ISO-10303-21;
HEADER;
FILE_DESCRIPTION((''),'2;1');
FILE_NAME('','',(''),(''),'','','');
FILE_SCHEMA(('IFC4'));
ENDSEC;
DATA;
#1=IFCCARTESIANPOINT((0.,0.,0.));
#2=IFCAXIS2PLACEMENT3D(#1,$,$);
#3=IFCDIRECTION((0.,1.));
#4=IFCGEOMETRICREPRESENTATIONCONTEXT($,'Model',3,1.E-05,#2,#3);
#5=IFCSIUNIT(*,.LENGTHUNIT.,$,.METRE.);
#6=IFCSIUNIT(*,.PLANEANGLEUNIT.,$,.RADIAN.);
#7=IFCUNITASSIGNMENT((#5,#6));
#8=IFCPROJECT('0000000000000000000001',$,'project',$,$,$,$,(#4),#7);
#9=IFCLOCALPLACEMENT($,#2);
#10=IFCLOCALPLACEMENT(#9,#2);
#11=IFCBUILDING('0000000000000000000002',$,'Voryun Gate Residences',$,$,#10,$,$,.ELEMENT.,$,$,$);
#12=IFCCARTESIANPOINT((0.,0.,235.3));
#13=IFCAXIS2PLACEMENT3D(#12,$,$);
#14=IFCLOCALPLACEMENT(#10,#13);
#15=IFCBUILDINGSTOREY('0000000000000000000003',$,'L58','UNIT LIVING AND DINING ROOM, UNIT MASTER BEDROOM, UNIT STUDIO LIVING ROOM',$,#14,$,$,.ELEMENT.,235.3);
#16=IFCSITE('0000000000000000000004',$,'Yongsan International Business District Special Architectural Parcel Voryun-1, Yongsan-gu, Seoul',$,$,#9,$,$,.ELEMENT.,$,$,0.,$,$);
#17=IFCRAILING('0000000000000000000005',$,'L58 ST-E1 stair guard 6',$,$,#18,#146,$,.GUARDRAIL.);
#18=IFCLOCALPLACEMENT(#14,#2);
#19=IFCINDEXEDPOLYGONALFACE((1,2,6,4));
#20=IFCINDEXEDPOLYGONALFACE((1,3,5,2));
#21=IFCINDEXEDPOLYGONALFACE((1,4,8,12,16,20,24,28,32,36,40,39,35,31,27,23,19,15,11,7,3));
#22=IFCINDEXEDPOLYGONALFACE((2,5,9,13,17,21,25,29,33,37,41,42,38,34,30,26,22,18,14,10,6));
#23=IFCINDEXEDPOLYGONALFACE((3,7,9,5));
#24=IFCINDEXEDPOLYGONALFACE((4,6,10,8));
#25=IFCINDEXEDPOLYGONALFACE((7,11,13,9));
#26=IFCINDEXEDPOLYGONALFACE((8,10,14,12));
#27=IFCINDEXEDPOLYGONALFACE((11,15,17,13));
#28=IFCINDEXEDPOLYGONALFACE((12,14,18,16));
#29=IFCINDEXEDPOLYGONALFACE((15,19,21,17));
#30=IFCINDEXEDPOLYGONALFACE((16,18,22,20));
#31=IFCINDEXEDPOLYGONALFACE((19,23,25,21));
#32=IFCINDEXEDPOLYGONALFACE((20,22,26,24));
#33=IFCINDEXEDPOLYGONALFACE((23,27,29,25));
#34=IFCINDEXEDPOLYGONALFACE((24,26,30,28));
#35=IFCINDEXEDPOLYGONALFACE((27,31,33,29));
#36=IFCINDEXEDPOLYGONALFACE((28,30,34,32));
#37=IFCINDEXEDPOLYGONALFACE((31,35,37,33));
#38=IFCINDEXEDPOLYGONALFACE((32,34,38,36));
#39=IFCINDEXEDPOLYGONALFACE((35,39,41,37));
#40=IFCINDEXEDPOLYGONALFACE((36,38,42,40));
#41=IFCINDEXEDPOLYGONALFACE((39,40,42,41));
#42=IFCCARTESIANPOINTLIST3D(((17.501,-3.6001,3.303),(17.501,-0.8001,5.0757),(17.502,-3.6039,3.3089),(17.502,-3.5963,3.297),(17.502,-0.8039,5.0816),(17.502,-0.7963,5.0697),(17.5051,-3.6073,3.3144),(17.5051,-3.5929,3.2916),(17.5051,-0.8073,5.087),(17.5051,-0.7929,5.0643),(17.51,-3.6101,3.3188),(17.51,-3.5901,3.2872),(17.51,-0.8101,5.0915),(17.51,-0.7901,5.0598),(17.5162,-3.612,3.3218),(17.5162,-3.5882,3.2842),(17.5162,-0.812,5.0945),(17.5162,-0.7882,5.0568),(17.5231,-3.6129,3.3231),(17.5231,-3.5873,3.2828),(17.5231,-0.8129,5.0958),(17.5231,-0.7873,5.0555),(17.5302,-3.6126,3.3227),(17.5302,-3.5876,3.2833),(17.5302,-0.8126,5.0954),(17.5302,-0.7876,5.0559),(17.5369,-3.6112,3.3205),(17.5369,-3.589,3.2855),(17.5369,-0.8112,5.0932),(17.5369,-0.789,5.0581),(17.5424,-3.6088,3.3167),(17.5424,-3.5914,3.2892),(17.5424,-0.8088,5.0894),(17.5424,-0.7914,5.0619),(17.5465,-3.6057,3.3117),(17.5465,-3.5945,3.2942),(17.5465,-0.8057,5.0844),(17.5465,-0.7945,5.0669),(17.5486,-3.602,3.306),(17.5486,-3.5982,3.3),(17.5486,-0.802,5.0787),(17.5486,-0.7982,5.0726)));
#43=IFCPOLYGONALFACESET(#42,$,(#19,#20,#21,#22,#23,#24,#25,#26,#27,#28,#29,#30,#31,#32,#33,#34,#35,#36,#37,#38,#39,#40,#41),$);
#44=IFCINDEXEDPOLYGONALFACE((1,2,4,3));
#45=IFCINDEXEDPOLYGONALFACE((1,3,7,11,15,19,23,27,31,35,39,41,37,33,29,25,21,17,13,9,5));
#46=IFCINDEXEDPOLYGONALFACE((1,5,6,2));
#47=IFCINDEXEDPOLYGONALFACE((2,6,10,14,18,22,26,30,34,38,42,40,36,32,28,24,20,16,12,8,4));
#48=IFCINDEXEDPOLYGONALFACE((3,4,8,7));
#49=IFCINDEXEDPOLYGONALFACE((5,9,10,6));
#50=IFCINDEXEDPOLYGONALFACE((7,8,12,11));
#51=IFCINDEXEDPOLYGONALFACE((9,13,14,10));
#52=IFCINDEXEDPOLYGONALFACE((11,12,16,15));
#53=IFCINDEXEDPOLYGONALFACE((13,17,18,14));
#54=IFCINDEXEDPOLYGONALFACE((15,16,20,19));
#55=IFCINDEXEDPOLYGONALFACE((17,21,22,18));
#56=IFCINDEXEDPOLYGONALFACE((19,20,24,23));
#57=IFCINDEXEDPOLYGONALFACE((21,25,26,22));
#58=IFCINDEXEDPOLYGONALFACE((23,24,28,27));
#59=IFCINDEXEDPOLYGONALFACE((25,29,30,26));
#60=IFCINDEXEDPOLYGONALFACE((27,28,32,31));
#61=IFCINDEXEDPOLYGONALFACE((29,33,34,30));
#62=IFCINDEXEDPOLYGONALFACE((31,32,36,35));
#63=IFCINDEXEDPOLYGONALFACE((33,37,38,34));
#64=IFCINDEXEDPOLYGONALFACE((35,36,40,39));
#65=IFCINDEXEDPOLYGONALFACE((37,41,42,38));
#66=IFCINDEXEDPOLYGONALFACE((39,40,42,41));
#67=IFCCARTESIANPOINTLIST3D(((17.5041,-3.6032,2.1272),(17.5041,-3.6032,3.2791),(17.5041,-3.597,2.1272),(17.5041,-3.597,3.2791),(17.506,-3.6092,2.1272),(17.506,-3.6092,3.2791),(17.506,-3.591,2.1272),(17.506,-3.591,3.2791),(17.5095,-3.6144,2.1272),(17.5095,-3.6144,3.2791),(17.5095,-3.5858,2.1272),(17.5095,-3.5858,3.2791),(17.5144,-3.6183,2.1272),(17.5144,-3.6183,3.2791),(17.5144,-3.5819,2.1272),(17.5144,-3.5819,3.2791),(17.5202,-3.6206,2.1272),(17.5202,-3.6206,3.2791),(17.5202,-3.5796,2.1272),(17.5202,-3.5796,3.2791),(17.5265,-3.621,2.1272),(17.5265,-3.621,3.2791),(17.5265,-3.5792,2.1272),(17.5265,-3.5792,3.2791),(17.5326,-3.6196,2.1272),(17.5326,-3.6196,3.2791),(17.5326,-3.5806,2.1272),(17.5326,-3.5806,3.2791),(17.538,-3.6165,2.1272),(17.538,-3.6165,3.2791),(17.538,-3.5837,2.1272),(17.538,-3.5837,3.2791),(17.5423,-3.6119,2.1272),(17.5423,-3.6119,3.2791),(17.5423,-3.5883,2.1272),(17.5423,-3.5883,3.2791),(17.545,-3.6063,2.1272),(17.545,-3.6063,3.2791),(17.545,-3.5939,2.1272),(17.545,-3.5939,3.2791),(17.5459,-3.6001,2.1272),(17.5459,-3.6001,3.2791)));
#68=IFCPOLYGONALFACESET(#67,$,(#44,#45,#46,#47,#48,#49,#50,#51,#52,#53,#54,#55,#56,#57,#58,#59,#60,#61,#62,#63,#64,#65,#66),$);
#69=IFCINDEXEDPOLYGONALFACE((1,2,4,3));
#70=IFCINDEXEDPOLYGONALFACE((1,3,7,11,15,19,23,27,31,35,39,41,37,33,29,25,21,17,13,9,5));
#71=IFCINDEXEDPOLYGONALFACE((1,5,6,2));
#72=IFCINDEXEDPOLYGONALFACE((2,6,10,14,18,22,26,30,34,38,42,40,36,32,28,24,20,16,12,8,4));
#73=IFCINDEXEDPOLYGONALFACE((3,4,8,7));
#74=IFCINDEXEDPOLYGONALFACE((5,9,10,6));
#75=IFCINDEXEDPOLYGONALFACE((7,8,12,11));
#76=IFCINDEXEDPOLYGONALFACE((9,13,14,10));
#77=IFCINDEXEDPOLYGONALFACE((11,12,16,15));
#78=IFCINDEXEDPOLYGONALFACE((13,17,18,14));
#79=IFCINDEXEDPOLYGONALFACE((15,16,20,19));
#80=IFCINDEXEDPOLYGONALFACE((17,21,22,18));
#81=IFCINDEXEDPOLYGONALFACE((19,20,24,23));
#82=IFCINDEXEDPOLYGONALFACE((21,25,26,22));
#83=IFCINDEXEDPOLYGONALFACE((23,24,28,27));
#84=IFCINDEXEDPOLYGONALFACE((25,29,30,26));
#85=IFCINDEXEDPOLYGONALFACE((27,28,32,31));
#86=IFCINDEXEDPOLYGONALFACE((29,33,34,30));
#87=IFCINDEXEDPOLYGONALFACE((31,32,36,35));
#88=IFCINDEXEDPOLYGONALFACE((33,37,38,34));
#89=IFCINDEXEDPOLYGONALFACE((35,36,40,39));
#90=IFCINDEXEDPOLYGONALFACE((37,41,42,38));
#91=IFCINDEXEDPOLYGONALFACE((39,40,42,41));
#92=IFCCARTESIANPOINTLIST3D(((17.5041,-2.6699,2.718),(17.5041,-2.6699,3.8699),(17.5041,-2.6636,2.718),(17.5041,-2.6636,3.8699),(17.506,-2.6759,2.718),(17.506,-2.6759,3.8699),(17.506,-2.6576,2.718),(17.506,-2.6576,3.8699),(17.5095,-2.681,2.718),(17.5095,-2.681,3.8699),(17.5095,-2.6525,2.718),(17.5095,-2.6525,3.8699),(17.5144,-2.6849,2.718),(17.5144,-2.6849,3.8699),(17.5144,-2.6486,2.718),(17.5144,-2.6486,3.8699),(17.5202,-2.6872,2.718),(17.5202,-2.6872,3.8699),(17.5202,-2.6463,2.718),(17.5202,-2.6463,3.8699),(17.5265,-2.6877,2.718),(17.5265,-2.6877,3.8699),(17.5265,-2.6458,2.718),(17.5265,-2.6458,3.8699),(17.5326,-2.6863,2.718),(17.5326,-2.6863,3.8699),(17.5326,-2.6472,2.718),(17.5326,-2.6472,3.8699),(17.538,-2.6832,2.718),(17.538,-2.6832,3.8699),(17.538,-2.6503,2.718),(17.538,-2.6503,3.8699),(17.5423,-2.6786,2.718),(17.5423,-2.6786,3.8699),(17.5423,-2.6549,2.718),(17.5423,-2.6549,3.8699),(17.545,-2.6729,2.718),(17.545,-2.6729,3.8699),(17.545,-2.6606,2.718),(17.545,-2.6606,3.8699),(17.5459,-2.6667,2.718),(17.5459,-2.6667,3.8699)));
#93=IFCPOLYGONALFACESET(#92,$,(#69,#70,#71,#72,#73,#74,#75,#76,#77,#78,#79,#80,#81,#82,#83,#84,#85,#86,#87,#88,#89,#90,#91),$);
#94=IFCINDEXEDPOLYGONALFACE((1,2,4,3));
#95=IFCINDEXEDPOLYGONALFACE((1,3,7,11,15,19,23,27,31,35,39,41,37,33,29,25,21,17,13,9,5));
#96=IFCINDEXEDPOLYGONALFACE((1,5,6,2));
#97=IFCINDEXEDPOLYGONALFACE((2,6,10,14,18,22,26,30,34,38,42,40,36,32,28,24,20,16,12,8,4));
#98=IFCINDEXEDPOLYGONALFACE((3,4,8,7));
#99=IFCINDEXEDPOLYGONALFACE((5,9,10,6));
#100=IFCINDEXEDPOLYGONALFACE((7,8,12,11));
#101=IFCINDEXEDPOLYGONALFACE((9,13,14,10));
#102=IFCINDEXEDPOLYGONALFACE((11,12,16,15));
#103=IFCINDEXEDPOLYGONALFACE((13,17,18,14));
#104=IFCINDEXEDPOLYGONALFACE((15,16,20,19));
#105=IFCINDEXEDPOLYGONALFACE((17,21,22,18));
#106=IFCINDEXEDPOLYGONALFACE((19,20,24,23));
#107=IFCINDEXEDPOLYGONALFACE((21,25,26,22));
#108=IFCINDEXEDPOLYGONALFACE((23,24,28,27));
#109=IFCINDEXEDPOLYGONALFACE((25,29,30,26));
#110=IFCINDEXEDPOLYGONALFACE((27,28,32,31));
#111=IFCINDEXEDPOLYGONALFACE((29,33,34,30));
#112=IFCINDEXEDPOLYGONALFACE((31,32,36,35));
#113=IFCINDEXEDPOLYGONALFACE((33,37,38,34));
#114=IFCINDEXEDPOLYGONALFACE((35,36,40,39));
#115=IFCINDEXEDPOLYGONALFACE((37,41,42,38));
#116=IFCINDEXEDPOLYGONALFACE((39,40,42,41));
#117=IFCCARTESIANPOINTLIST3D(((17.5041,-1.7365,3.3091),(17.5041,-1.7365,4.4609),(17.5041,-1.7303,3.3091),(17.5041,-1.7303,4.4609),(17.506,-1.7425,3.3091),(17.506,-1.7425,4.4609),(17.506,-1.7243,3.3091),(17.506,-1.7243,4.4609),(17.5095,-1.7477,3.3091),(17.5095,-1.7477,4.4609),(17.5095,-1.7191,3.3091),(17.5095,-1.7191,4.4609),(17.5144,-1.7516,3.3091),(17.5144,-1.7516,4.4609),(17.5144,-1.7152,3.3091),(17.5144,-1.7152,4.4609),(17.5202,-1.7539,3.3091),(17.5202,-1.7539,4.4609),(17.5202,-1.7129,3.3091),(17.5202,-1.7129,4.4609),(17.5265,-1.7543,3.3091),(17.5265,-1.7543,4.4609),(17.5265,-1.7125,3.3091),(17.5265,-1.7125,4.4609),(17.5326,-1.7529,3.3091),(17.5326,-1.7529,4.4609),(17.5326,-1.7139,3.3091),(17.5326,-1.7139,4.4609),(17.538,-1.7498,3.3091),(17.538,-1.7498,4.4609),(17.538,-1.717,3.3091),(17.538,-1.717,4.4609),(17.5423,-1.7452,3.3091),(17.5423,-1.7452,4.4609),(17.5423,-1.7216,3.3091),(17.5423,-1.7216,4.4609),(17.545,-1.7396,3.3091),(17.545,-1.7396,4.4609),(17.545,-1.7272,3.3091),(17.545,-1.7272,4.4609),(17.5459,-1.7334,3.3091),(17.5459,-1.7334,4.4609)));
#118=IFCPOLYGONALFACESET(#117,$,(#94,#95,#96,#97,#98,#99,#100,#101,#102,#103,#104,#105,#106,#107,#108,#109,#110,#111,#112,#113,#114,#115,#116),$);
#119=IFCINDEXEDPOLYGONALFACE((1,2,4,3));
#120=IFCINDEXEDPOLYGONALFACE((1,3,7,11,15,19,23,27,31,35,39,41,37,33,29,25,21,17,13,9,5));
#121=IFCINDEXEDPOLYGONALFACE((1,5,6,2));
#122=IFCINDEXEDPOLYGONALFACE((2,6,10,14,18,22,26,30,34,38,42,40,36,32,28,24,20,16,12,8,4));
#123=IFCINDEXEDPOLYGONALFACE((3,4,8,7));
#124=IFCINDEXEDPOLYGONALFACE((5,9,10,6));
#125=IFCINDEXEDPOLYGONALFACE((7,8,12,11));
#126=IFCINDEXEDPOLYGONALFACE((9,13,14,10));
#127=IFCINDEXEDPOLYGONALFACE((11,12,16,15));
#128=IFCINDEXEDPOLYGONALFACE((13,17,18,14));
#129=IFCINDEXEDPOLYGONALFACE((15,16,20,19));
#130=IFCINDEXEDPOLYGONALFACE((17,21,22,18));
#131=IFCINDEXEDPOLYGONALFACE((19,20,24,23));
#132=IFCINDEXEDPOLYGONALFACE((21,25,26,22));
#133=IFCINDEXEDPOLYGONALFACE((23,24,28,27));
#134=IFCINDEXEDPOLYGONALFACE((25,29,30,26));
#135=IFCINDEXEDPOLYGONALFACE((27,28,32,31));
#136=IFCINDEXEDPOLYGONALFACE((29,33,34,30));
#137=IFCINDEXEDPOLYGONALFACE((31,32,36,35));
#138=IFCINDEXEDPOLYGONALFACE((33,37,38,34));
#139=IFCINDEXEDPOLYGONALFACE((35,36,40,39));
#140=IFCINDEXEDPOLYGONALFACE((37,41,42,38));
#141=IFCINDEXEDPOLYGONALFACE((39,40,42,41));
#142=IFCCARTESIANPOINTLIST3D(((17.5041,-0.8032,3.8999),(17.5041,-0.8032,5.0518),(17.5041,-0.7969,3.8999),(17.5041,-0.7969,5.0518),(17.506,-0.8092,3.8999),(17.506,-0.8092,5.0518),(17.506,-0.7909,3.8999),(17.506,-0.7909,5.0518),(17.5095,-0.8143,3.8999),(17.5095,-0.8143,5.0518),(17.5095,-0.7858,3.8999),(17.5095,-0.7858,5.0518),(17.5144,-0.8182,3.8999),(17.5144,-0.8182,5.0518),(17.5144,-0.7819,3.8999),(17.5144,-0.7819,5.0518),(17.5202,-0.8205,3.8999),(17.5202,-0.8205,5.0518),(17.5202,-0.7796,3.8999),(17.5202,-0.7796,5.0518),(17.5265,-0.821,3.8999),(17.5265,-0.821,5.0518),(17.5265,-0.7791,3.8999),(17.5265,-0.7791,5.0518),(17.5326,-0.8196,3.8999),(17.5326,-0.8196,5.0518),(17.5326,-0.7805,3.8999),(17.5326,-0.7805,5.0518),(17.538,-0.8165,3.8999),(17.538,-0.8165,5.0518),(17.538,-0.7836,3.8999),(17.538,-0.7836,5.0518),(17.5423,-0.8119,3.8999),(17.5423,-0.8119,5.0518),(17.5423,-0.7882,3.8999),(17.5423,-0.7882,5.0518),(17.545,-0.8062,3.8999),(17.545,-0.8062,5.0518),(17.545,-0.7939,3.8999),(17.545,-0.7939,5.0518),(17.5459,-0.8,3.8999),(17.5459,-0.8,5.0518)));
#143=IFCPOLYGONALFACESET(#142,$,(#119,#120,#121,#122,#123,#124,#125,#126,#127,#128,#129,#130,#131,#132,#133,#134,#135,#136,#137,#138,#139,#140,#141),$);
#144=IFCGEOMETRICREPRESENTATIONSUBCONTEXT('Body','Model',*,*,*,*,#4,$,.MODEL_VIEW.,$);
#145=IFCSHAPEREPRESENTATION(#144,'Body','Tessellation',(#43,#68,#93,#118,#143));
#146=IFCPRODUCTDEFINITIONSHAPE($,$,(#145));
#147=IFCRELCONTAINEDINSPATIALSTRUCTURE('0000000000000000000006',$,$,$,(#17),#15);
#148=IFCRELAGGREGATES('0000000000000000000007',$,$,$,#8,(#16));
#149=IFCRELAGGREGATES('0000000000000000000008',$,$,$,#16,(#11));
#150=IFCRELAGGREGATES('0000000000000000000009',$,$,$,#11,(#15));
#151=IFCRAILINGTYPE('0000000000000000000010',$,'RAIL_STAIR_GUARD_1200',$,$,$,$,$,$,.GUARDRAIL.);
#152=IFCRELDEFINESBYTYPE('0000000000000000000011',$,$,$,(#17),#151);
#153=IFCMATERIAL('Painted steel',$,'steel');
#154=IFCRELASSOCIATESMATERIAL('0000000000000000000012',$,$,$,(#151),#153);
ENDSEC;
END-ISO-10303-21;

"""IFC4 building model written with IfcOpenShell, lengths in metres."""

from ifc_helpers import new_model, si_unit, direction, frame, origin, origin_2d, place, context, subcontext, project, spatial, circle, extrude, material, type_object, element, save


model = new_model("IFC4")

# Units and contexts
model_context = context("Model", 3, precision=1e-05, world=origin(), true_north=direction((0.0, 1.0)))
body_context = subcontext(model_context, "Body", "Model", "MODEL_VIEW")
ifc_project = project(units=[si_unit("LENGTHUNIT", "METRE"), si_unit("PLANEANGLEUNIT", "RADIAN")], contexts=[model_context])

# Site, building, storey
site_placement = place(None, origin())
site = spatial("IfcSite", under=ifc_project, at=site_placement, Name="Yongsan International Business District Special Architectural Parcel Voryun-1, Yongsan-gu, Seoul", CompositionType="ELEMENT", RefElevation=0.0)
building_placement = place(site_placement, origin())
building = spatial("IfcBuilding", under=site, at=building_placement, Name="Voryun Gate Residences", CompositionType="ELEMENT")
storey_placement = place(building_placement, frame((0.0, 0.0, 235.3)))
storey = spatial("IfcBuildingStorey", under=building, at=storey_placement, Name="L58", Description="UNIT LIVING AND DINING ROOM, UNIT MASTER BEDROOM, UNIT STUDIO LIVING ROOM", CompositionType="ELEMENT", Elevation=235.3)

# Railing
ifc_material_1 = material(Name="Painted steel", Category="steel")
railing_type_1 = type_object("IfcRailingType", Name="RAIL_STAIR_GUARD_1200", PredefinedType="GUARDRAIL", material=ifc_material_1)
railing_1_placement = place(storey_placement, frame((17.5249, -3.6001, 2.1272)))
element("IfcRailing", 1, at=railing_1_placement, inside=storey, type_object=railing_type_1, Name="L58 ST-E1 stair guard 6", PredefinedType="GUARDRAIL", context=body_context, shape_type="SweptSolid", body=[
    extrude(circle(Radius=0.0239, at=origin_2d()), frame((0.0, 0.0, 1.1758), z_axis=(0.0, 0.844909, 0.53491), x_axis=(-1.0, 0.0, 0.0)), (0.0, 0.0, 1.0), 3.314),
    extrude(circle(Radius=0.021, at=origin_2d()), origin(), (0.0, 0.0, 1.0), 1.1519),
    extrude(circle(Radius=0.021, at=origin_2d()), frame((0.0, 0.9333, 0.5908)), (0.0, 0.0, 1.0), 1.1519),
    extrude(circle(Radius=0.021, at=origin_2d()), frame((0.0, 1.8667, 1.1819)), (0.0, 0.0, 1.0), 1.1519),
    extrude(circle(Radius=0.021, at=origin_2d()), frame((0.0, 2.8, 1.7727)), (0.0, 0.0, 1.0), 1.1519),
])

save(model, "model.ifc")
